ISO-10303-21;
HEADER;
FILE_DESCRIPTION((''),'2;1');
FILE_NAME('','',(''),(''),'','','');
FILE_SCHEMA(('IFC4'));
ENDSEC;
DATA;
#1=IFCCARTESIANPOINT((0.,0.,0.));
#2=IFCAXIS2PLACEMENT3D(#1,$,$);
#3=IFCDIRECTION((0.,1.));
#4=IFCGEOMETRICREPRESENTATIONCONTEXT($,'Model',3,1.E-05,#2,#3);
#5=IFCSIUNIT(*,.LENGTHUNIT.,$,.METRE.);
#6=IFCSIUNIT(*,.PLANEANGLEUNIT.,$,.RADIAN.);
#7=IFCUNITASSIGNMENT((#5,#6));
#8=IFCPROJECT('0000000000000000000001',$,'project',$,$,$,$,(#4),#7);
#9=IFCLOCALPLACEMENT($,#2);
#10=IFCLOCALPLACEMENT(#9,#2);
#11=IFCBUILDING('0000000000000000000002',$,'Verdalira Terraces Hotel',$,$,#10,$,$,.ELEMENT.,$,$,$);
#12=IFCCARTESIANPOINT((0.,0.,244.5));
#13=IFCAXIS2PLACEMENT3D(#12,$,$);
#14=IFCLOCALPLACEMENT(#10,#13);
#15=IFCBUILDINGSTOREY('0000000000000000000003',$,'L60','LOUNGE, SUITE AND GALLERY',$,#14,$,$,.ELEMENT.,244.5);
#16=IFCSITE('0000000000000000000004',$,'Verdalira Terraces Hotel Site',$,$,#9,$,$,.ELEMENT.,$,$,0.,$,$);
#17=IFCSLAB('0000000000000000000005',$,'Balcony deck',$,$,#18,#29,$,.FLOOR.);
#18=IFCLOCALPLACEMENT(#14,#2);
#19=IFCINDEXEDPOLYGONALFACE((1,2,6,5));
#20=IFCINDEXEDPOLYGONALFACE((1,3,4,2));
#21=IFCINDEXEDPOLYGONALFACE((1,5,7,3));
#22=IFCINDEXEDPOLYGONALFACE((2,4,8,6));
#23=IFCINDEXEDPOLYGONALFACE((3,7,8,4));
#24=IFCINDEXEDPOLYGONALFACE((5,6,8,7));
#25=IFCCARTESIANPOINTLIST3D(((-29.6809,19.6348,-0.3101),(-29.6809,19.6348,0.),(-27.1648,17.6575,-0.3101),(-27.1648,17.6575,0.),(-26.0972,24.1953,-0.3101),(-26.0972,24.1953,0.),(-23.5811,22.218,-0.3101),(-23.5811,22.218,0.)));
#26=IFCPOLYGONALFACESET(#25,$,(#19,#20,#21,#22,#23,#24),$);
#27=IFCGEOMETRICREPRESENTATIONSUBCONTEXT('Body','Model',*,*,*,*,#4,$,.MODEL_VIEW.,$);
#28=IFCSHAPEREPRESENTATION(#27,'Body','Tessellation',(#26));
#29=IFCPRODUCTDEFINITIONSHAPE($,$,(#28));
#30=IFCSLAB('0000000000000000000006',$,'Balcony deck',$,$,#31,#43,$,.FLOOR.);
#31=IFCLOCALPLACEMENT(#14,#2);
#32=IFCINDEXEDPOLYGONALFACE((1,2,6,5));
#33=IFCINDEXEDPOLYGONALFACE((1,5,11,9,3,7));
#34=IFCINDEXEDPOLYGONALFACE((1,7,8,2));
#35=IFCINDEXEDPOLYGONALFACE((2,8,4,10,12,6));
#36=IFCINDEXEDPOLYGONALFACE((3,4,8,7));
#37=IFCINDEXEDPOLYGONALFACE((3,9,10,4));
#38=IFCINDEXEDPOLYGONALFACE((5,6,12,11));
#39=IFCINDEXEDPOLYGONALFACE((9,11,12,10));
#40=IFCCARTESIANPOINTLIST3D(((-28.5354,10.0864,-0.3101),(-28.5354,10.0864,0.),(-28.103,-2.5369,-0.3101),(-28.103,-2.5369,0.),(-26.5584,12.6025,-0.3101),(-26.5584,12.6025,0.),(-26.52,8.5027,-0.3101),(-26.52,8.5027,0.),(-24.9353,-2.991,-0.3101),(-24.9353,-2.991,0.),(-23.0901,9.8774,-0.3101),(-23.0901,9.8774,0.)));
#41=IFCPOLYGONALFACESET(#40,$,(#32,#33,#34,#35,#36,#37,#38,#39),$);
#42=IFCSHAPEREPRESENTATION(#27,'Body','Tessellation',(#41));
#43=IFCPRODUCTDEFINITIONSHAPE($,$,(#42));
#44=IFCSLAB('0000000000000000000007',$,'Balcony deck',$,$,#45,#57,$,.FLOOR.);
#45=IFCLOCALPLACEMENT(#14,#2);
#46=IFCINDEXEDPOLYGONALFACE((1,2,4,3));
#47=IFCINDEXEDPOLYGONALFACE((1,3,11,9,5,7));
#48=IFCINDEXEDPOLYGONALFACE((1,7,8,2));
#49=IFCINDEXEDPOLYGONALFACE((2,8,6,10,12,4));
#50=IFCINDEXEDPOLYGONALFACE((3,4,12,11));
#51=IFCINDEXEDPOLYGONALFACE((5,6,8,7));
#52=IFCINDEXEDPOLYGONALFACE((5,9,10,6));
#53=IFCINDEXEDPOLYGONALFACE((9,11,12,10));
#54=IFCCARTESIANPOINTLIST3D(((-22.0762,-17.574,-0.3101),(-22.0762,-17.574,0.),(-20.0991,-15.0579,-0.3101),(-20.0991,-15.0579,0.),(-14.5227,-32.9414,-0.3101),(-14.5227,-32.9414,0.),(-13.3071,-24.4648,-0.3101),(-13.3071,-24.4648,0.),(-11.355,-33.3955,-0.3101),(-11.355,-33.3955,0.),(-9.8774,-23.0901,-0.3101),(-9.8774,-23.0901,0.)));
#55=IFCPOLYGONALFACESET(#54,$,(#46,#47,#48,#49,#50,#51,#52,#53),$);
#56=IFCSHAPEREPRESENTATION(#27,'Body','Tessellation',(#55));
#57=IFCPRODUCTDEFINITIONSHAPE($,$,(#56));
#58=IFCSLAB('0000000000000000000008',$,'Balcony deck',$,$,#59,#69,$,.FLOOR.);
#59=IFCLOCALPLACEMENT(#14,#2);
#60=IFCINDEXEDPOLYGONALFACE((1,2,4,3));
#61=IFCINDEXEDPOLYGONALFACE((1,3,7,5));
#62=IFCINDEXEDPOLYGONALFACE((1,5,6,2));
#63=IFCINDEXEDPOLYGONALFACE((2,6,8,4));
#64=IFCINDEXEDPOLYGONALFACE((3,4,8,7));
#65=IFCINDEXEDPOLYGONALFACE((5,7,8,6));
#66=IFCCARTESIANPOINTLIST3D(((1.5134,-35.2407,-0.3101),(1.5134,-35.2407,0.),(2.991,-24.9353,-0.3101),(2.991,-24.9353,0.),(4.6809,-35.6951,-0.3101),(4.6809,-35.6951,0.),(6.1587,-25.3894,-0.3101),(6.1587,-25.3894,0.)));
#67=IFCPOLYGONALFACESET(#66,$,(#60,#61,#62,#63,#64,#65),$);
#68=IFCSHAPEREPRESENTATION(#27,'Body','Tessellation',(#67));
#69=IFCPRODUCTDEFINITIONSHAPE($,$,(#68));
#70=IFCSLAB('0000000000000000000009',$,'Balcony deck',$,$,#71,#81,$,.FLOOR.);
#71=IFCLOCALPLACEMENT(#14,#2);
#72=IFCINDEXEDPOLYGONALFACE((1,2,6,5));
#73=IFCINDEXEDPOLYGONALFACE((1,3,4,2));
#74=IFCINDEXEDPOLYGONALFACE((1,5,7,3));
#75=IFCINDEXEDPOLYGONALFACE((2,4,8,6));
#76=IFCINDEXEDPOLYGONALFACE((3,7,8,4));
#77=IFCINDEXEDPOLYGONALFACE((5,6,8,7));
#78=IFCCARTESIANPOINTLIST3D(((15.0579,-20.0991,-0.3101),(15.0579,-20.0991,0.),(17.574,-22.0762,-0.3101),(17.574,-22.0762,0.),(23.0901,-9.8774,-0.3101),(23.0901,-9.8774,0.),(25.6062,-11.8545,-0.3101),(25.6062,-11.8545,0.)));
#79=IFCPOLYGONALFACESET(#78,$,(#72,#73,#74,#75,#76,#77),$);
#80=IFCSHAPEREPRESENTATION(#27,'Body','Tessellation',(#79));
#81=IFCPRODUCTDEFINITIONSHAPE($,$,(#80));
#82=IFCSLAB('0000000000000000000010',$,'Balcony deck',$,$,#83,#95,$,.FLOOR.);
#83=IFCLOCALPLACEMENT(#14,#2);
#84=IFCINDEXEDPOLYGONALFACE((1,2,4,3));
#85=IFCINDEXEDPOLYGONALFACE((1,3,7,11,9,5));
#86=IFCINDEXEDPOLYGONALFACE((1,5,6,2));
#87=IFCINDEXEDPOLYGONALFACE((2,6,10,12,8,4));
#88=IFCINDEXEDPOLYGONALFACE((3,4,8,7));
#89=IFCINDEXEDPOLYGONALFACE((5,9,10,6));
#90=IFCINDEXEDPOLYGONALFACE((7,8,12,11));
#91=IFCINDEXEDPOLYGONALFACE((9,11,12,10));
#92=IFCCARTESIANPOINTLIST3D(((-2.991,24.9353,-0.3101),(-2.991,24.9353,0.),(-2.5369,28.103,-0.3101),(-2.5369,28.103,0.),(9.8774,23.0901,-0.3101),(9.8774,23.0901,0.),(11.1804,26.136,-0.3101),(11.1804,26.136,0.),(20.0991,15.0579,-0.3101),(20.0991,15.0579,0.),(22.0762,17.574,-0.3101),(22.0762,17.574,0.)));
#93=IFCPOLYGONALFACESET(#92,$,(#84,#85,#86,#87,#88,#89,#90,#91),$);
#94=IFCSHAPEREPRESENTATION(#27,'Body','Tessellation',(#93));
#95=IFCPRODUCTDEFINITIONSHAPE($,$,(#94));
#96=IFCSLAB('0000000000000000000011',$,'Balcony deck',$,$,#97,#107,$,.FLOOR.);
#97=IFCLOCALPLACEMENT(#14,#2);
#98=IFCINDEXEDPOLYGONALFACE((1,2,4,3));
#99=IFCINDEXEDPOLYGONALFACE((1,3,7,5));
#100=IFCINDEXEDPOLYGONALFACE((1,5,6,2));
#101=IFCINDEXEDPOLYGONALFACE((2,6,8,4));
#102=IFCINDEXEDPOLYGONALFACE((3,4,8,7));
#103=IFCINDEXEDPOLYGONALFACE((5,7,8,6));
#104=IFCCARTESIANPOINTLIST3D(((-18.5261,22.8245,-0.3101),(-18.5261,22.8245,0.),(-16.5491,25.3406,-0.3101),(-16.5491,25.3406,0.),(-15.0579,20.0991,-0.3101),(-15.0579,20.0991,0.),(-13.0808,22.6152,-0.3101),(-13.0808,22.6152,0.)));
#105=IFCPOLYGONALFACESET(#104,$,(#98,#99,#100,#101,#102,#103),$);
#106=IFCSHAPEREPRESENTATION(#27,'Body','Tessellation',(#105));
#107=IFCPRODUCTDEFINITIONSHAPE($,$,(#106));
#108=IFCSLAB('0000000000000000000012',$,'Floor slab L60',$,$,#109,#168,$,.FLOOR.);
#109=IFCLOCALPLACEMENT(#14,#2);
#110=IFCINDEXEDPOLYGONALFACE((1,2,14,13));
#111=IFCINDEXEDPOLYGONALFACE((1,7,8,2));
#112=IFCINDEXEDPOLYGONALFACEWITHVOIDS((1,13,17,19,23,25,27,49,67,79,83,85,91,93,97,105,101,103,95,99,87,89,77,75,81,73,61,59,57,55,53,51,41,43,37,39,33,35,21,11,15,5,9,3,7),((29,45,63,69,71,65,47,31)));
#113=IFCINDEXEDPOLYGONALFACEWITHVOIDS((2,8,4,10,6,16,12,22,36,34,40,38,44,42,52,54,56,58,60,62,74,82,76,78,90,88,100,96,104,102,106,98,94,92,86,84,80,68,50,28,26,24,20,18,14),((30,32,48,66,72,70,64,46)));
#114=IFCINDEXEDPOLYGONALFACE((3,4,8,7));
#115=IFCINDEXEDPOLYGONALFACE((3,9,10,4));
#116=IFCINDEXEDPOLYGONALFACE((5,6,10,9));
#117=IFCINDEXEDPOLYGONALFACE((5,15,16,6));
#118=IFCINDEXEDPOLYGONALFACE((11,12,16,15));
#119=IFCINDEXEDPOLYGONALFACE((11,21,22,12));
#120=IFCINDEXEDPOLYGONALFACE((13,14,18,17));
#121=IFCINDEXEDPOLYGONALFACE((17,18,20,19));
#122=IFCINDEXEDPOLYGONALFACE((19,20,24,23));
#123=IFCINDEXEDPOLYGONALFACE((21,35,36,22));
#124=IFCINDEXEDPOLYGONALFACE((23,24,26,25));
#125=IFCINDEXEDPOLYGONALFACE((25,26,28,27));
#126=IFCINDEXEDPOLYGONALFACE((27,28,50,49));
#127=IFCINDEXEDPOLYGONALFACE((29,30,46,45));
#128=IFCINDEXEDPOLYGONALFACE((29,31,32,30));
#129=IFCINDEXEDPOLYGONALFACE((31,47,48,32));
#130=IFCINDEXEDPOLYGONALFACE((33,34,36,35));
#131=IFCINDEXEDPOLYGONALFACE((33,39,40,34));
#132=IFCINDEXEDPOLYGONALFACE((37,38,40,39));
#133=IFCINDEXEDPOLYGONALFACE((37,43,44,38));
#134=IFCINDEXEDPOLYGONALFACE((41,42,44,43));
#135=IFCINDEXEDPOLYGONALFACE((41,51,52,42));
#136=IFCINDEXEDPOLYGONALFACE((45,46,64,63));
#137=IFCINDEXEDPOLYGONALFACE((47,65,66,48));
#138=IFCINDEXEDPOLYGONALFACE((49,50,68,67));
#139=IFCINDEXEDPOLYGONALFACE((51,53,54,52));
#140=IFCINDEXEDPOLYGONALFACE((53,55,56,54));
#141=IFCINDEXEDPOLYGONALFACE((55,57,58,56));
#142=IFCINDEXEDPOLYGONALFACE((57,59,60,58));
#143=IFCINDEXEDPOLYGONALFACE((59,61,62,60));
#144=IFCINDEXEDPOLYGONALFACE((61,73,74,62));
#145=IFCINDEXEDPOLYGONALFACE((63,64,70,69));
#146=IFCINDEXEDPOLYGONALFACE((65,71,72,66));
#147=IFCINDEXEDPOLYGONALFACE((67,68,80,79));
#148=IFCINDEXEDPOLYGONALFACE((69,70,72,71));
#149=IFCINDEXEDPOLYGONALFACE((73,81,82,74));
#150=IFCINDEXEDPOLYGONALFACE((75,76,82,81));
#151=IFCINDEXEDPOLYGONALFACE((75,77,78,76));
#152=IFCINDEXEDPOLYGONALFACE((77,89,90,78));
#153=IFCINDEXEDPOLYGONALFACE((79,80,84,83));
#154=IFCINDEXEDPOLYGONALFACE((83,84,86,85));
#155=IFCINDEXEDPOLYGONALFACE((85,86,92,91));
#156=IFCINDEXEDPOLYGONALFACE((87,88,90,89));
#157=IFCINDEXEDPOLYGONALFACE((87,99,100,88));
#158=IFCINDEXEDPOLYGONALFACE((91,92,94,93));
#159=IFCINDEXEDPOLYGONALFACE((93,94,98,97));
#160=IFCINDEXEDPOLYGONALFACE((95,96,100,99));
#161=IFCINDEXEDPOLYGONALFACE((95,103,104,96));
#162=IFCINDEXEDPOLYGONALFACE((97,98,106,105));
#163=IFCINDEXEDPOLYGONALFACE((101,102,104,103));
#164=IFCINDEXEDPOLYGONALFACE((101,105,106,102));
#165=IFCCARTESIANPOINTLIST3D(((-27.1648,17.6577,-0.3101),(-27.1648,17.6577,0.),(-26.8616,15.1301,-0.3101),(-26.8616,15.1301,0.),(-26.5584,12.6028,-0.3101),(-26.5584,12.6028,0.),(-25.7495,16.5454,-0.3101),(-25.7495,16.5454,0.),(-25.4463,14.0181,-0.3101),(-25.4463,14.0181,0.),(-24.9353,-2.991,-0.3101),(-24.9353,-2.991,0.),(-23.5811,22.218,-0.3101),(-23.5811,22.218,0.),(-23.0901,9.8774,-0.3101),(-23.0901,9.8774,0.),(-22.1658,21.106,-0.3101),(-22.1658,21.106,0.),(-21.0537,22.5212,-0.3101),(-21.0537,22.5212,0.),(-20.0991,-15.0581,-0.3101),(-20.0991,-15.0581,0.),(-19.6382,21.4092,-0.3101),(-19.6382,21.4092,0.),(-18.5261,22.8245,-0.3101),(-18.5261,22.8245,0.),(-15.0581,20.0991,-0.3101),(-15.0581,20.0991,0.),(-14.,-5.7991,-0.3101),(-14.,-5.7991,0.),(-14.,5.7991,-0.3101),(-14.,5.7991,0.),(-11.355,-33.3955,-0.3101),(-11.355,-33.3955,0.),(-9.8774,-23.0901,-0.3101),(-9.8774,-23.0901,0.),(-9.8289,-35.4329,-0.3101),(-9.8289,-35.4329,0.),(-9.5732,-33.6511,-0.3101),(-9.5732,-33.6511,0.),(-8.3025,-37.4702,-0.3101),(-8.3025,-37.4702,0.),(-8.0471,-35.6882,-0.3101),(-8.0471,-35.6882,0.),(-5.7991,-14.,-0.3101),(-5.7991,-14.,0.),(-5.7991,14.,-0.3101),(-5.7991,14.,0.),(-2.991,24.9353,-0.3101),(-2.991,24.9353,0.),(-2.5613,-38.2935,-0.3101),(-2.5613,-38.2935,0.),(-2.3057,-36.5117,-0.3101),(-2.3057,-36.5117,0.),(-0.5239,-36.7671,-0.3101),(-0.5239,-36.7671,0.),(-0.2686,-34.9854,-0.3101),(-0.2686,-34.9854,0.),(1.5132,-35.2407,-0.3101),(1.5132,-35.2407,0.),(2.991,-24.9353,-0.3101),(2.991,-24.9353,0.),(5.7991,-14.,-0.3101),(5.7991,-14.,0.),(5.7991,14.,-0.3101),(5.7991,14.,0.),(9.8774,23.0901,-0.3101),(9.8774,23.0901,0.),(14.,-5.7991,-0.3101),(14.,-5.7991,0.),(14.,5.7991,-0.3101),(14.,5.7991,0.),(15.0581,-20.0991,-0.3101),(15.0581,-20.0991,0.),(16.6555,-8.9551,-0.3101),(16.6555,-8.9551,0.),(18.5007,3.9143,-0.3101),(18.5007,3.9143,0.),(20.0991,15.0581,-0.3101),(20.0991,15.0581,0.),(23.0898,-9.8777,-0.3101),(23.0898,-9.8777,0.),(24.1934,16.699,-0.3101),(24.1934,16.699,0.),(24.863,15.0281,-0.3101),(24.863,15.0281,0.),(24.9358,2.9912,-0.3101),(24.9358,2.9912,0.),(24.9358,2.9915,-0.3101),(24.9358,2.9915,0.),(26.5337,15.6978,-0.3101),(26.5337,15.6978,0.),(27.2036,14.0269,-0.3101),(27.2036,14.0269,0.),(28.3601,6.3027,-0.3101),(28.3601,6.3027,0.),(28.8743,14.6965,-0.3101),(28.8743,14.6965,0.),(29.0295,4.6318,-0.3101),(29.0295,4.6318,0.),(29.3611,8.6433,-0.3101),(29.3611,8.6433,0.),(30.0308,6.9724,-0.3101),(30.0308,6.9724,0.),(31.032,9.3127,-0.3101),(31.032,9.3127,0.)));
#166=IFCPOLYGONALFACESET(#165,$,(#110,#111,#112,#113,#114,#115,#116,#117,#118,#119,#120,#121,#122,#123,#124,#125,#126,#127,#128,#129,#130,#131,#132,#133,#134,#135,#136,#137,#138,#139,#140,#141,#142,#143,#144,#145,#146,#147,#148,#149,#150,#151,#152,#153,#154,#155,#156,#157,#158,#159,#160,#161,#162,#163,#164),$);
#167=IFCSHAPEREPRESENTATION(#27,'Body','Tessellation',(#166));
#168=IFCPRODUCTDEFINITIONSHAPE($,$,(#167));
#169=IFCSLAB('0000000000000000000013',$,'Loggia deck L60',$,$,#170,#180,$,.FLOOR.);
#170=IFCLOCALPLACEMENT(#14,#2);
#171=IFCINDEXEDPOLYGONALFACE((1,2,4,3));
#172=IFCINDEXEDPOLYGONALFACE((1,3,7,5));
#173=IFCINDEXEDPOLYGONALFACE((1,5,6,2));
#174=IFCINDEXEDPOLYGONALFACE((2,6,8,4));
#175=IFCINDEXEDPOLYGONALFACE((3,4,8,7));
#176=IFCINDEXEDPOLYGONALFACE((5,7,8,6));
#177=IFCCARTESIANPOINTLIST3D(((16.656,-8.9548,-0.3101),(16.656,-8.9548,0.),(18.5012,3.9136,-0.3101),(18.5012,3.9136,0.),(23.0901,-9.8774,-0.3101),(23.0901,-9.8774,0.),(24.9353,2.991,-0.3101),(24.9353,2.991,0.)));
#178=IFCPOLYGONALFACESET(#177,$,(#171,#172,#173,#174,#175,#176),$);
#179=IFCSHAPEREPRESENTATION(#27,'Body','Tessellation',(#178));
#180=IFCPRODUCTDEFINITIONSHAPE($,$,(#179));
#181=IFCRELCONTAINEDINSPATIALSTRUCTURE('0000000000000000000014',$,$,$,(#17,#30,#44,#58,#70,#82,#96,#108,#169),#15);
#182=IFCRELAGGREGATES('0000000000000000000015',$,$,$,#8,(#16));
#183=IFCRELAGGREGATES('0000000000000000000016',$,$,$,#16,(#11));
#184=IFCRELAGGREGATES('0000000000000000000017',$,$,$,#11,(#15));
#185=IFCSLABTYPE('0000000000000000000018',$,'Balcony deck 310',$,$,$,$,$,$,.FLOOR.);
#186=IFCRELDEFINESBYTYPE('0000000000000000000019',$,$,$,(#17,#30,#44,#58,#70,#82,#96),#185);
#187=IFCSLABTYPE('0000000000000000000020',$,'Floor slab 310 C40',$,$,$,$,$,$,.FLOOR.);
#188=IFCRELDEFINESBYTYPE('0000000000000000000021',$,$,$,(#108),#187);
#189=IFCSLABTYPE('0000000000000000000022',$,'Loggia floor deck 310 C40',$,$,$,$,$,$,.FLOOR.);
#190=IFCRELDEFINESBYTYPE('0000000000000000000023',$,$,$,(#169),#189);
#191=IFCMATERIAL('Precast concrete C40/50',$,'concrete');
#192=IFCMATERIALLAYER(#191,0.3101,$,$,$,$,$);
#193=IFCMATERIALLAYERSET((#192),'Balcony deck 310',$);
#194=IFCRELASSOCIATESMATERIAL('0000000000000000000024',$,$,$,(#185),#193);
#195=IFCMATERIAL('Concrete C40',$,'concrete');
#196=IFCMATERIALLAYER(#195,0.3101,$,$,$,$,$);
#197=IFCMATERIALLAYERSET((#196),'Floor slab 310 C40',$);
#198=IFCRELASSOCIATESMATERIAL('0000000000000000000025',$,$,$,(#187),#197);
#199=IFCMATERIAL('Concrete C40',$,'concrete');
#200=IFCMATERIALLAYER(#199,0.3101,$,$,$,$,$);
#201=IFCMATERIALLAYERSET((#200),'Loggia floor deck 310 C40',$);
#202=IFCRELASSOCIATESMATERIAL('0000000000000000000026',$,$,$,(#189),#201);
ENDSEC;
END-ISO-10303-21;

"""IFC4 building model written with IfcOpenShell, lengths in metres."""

from ifc_helpers import new_model, si_unit, direction, frame, origin, place, context, subcontext, project, spatial, polyline, outline, extrude, material, layer, layer_set, type_object, element, save


model = new_model("IFC4")

# Units and contexts
model_context = context("Model", 3, precision=1e-05, world=origin(), true_north=direction((0.0, 1.0)))
body_context = subcontext(model_context, "Body", "Model", "MODEL_VIEW")
ifc_project = project(units=[si_unit("LENGTHUNIT", "METRE"), si_unit("PLANEANGLEUNIT", "RADIAN")], contexts=[model_context])

# Site, building, storey
site_placement = place(None, origin())
site = spatial("IfcSite", under=ifc_project, at=site_placement, Name="Verdalira Terraces Hotel Site", CompositionType="ELEMENT", RefElevation=0.0)
building_placement = place(site_placement, origin())
building = spatial("IfcBuilding", under=site, at=building_placement, Name="Verdalira Terraces Hotel", CompositionType="ELEMENT")
storey_placement = place(building_placement, frame((0.0, 0.0, 244.5)))
storey = spatial("IfcBuildingStorey", under=building, at=storey_placement, Name="L60", Description="LOUNGE, SUITE AND GALLERY", CompositionType="ELEMENT", Elevation=244.5)

# Slabs
ifc_material_1 = material(Name="Precast concrete C40/50", Category="concrete")
ifc_layer_1 = layer(ifc_material_1, 0.3101)
ifc_layer_set_1 = layer_set([ifc_layer_1], Name="Balcony deck 310")
slab_type_1 = type_object("IfcSlabType", Name="Balcony deck 310", PredefinedType="FLOOR", material=ifc_layer_set_1)
slab_1_placement = place(storey_placement, frame((0.0, 0.0, -0.3101)))
element("IfcSlab", 1, at=slab_1_placement, inside=storey, type_object=slab_type_1, Name="Balcony deck", PredefinedType="FLOOR", context=body_context, shape_type="SweptSolid", body=[
    extrude(outline(polyline([(-29.6809, 19.6348), (-27.1648, 17.6575), (-23.5811, 22.218), (-26.0972, 24.1953), (-29.6809, 19.6348)])), origin(), (0.0, 0.0, 1.0), 0.3101),
])
slab_2_placement = place(storey_placement, frame((0.0, 0.0, -0.3101)))
element("IfcSlab", 2, at=slab_2_placement, inside=storey, type_object=slab_type_1, Name="Balcony deck", PredefinedType="FLOOR", context=body_context, shape_type="SweptSolid", body=[
    extrude(outline(polyline([(-26.52, 8.5027), (-28.103, -2.5369), (-24.9353, -2.991), (-23.0901, 9.8774), (-26.5584, 12.6025), (-28.5354, 10.0864), (-26.52, 8.5027)])), origin(), (0.0, 0.0, 1.0), 0.3101),
])
slab_3_placement = place(storey_placement, frame((0.0, 0.0, -0.3101)))
element("IfcSlab", 3, at=slab_3_placement, inside=storey, type_object=slab_type_1, Name="Balcony deck", PredefinedType="FLOOR", context=body_context, shape_type="SweptSolid", body=[
    extrude(outline(polyline([(-13.3071, -24.4648), (-14.5227, -32.9414), (-11.355, -33.3955), (-9.8774, -23.0901), (-20.0991, -15.0579), (-22.0762, -17.574), (-13.3071, -24.4648)])), origin(), (0.0, 0.0, 1.0), 0.3101),
])
slab_4_placement = place(storey_placement, frame((0.0, 0.0, -0.3101)))
element("IfcSlab", 4, at=slab_4_placement, inside=storey, type_object=slab_type_1, Name="Balcony deck", PredefinedType="FLOOR", context=body_context, shape_type="SweptSolid", body=[
    extrude(outline(polyline([(6.1587, -25.3894), (2.991, -24.9353), (1.5134, -35.2407), (4.6809, -35.6951), (6.1587, -25.3894)])), origin(), (0.0, 0.0, 1.0), 0.3101),
])
slab_5_placement = place(storey_placement, frame((0.0, 0.0, -0.3101)))
element("IfcSlab", 5, at=slab_5_placement, inside=storey, type_object=slab_type_1, Name="Balcony deck", PredefinedType="FLOOR", context=body_context, shape_type="SweptSolid", body=[
    extrude(outline(polyline([(25.6062, -11.8545), (23.0901, -9.8774), (15.0579, -20.0991), (17.574, -22.0762), (25.6062, -11.8545)])), origin(), (0.0, 0.0, 1.0), 0.3101),
])
slab_6_placement = place(storey_placement, frame((0.0, 0.0, -0.3101)))
element("IfcSlab", 6, at=slab_6_placement, inside=storey, type_object=slab_type_1, Name="Balcony deck", PredefinedType="FLOOR", context=body_context, shape_type="SweptSolid", body=[
    extrude(outline(polyline([(-2.5369, 28.103), (-2.991, 24.9353), (9.8774, 23.0901), (20.0991, 15.0579), (22.0762, 17.574), (11.1804, 26.136), (-2.5369, 28.103)])), origin(), (0.0, 0.0, 1.0), 0.3101),
])
slab_7_placement = place(storey_placement, frame((0.0, 0.0, -0.3101)))
element("IfcSlab", 7, at=slab_7_placement, inside=storey, type_object=slab_type_1, Name="Balcony deck", PredefinedType="FLOOR", context=body_context, shape_type="SweptSolid", body=[
    extrude(outline(polyline([(-16.5491, 25.3406), (-18.5261, 22.8245), (-15.0579, 20.0991), (-13.0808, 22.6152), (-16.5491, 25.3406)])), origin(), (0.0, 0.0, 1.0), 0.3101),
])
ifc_material_2 = material(Name="Concrete C40", Category="concrete")
ifc_layer_2 = layer(ifc_material_2, 0.3101)
ifc_layer_set_2 = layer_set([ifc_layer_2], Name="Floor slab 310 C40")
slab_type_2 = type_object("IfcSlabType", Name="Floor slab 310 C40", PredefinedType="FLOOR", material=ifc_layer_set_2)
slab_8_placement = place(storey_placement, frame((0.0, 0.0, -0.3101)))
element("IfcSlab", 8, at=slab_8_placement, inside=storey, type_object=slab_type_2, Name="Floor slab L60", PredefinedType="FLOOR", context=body_context, shape_type="SweptSolid", body=[
    extrude(outline(polyline([(2.991, -24.9353), (15.0581, -20.0991), (23.0898, -9.8777), (16.6555, -8.9551), (18.5007, 3.9143), (24.9358, 2.9915), (24.9358, 2.9912), (29.0295, 4.6318), (28.3601, 6.3027), (30.0308, 6.9724), (29.3611, 8.6433), (31.032, 9.3127), (28.8743, 14.6965), (27.2036, 14.0269), (26.5337, 15.6978), (24.863, 15.0281), (24.1934, 16.699), (20.0991, 15.0581), (9.8774, 23.0901), (-2.991, 24.9353), (-15.0581, 20.0991), (-18.5261, 22.8245), (-19.6382, 21.4092), (-21.0537, 22.5212), (-22.1658, 21.106), (-23.5811, 22.218), (-27.1648, 17.6577), (-25.7495, 16.5454), (-26.8616, 15.1301), (-25.4463, 14.0181), (-26.5584, 12.6028), (-23.0901, 9.8774), (-24.9353, -2.991), (-20.0991, -15.0581), (-9.8774, -23.0901), (-11.355, -33.3955), (-9.5732, -33.6511), (-9.8289, -35.4329), (-8.0471, -35.6882), (-8.3025, -37.4702), (-2.5613, -38.2935), (-2.3057, -36.5117), (-0.5239, -36.7671), (-0.2686, -34.9854), (1.5132, -35.2407), (2.991, -24.9353)]), holes=[polyline([(5.7991, 14.0), (14.0, 5.7991), (14.0, -5.7991), (5.7991, -14.0), (-5.7991, -14.0), (-14.0, -5.7991), (-14.0, 5.7991), (-5.7991, 14.0), (5.7991, 14.0)])]), origin(), (0.0, 0.0, 1.0), 0.3101),
])
ifc_material_3 = material(Name="Concrete C40", Category="concrete")
ifc_layer_3 = layer(ifc_material_3, 0.3101)
ifc_layer_set_3 = layer_set([ifc_layer_3], Name="Loggia floor deck 310 C40")
slab_type_3 = type_object("IfcSlabType", Name="Loggia floor deck 310 C40", PredefinedType="FLOOR", material=ifc_layer_set_3)
slab_9_placement = place(storey_placement, frame((0.0, 0.0, -0.3101)))
element("IfcSlab", 9, at=slab_9_placement, inside=storey, type_object=slab_type_3, Name="Loggia deck L60", PredefinedType="FLOOR", context=body_context, shape_type="SweptSolid", body=[
    extrude(outline(polyline([(16.656, -8.9548), (23.0901, -9.8774), (24.9353, 2.991), (18.5012, 3.9136), (16.656, -8.9548)])), origin(), (0.0, 0.0, 1.0), 0.3101),
])

save(model, "model.ifc")
